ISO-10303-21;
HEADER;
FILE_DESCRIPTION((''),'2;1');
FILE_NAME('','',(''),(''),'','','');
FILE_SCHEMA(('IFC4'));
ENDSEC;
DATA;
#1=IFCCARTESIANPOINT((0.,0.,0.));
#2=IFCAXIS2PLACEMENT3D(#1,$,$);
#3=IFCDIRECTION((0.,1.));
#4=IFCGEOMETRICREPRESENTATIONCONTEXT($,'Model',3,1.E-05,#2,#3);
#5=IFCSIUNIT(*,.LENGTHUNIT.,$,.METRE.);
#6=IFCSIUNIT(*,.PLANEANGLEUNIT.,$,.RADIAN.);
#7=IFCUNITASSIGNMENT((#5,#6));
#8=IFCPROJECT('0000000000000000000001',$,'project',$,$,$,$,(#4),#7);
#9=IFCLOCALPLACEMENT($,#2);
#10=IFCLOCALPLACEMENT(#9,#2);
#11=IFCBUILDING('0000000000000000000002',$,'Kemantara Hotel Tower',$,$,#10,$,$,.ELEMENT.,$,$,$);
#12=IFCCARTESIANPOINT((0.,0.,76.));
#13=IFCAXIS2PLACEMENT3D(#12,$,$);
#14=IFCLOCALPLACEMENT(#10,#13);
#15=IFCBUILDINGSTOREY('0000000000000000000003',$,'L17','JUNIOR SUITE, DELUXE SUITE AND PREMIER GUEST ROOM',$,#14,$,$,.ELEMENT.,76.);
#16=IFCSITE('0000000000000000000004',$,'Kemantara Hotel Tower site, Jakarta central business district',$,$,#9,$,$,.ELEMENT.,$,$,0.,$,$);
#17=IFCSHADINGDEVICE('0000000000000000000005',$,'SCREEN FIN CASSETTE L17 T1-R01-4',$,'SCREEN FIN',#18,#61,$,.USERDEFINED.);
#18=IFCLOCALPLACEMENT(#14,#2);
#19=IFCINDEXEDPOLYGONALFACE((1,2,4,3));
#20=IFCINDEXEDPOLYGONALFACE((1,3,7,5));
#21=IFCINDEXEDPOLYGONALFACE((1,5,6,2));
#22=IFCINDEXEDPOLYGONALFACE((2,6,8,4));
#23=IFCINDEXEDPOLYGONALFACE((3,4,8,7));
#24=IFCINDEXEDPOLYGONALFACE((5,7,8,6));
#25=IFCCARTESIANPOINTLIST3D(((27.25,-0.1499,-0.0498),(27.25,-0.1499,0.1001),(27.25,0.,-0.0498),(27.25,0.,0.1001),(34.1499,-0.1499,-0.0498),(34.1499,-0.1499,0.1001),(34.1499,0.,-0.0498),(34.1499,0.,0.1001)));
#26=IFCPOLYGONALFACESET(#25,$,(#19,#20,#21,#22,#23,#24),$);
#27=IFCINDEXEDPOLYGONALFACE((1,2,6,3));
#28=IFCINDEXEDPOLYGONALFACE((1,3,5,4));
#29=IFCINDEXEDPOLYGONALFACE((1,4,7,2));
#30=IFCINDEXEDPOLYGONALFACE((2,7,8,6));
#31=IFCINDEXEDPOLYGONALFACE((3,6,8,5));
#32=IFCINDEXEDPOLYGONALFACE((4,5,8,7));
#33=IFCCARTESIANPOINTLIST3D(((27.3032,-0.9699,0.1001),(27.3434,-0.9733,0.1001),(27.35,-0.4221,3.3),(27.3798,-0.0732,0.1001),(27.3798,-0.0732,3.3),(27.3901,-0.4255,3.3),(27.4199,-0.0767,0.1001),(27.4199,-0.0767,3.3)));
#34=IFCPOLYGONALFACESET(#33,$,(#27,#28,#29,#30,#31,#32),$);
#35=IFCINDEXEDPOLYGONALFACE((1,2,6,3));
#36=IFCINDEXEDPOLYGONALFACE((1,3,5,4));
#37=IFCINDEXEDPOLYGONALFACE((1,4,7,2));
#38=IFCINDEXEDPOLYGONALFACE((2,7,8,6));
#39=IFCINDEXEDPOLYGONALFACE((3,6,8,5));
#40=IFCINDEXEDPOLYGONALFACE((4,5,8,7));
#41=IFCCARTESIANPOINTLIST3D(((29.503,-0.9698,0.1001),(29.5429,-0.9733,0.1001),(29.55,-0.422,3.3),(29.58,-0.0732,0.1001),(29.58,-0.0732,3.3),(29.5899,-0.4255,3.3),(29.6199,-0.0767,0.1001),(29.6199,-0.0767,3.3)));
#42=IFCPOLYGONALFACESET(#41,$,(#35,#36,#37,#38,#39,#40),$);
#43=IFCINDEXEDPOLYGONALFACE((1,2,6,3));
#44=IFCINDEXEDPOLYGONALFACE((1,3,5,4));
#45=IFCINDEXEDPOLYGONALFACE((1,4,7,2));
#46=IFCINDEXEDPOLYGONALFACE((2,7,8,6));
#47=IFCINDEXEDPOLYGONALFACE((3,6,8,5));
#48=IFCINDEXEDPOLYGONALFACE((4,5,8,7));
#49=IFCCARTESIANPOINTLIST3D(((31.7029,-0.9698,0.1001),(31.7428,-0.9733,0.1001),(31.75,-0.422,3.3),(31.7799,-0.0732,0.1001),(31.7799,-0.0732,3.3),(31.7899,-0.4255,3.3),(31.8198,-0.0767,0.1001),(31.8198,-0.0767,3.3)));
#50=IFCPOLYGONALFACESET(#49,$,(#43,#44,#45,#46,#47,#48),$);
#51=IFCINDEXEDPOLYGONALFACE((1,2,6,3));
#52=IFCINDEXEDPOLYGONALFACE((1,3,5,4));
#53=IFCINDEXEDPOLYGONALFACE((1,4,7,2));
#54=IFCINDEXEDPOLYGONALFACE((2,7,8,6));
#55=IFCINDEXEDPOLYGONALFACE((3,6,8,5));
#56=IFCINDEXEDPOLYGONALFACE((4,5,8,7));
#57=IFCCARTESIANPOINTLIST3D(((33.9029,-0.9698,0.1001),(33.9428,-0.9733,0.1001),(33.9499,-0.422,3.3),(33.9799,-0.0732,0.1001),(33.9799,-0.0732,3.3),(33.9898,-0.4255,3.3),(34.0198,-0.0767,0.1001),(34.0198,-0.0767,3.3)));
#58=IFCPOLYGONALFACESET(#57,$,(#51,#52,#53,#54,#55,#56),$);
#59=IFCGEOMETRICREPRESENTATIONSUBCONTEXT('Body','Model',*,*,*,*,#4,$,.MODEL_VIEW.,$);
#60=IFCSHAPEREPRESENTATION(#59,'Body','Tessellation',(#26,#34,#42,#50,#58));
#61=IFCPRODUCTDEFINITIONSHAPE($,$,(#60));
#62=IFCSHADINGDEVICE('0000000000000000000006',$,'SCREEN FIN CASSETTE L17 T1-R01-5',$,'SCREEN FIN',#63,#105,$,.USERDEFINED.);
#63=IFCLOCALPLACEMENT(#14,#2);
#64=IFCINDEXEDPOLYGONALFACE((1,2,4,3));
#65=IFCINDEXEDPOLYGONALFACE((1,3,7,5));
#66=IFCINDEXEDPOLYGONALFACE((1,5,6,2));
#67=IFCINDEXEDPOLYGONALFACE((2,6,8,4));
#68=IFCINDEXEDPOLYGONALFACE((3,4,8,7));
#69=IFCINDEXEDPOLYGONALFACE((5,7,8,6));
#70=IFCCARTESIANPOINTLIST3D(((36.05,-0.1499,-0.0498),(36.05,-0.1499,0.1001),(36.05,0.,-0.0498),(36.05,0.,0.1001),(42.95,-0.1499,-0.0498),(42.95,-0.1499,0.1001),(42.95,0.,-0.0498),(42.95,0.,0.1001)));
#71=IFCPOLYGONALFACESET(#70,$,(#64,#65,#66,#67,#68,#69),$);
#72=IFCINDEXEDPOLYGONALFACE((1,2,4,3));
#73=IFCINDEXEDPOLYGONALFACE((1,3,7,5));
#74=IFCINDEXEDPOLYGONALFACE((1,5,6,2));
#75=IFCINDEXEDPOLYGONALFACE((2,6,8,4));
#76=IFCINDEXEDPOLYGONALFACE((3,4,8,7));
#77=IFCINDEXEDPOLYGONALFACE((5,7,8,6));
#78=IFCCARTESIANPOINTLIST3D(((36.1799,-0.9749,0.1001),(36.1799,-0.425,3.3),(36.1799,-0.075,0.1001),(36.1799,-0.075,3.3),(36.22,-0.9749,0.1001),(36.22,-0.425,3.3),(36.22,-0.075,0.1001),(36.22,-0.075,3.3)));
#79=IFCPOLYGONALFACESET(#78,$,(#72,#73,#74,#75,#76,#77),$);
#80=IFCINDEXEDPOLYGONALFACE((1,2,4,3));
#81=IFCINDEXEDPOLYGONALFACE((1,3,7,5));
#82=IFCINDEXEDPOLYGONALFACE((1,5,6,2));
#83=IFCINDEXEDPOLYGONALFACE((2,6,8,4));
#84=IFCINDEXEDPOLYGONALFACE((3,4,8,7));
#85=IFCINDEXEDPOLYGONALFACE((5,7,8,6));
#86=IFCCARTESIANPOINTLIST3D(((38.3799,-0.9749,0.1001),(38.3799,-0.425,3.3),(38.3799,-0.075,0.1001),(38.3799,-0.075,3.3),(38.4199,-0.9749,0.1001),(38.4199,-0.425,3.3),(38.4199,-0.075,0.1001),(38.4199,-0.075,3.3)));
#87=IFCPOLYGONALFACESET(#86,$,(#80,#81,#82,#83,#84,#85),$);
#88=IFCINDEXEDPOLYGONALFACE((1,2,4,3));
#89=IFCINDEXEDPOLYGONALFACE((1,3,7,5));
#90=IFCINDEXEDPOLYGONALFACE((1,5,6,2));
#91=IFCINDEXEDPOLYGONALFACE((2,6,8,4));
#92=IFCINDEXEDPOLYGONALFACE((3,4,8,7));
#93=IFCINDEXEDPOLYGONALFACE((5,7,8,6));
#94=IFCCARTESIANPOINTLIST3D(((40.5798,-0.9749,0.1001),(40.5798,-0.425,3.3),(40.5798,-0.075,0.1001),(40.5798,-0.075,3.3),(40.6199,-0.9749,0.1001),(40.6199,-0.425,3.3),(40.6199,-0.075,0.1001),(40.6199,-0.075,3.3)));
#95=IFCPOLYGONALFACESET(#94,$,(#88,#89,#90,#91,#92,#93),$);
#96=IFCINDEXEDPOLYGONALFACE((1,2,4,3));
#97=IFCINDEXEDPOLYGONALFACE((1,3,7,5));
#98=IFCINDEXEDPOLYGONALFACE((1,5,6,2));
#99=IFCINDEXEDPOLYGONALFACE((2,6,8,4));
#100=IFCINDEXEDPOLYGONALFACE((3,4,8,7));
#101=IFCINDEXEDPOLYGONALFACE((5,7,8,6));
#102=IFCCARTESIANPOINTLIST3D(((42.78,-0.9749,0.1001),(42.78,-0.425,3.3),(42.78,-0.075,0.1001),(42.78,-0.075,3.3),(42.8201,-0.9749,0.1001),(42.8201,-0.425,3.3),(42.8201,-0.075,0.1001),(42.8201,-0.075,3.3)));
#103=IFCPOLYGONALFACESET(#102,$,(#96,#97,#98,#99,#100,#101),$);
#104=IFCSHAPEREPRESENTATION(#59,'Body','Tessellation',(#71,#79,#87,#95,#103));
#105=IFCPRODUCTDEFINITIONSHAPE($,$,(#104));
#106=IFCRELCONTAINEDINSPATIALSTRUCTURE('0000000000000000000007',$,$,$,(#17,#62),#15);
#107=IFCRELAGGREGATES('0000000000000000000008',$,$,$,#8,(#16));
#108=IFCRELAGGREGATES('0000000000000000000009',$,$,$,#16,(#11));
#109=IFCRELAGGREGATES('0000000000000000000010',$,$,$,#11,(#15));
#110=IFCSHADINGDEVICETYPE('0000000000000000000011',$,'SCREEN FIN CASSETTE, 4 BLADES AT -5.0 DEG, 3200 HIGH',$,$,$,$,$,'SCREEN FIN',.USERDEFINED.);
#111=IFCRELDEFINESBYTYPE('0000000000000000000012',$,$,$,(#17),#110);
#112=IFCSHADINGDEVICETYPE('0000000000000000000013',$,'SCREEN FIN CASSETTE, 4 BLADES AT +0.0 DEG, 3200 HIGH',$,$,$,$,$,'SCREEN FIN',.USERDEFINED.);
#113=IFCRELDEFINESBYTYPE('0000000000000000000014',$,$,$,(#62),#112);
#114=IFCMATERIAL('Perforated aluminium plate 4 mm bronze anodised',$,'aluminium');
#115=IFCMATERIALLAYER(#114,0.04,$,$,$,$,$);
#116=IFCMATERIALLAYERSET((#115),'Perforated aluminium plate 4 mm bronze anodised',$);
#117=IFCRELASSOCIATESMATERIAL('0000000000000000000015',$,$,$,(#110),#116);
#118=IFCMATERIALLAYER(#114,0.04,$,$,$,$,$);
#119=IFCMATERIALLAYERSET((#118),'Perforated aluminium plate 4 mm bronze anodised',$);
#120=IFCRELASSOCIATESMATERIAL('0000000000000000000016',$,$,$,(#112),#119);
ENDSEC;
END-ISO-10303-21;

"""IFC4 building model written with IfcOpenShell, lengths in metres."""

from ifc_helpers import new_model, si_unit, direction, frame, origin, origin_2d, place, context, subcontext, project, spatial, polyline, rectangle, outline, extrude, source, transform, mapped, material, layer, layer_set, type_object, element, save


model = new_model("IFC4")

# Units and contexts
model_context = context("Model", 3, precision=1e-05, world=origin(), true_north=direction((0.0, 1.0)))
body_context = subcontext(model_context, "Body", "Model", "MODEL_VIEW")
ifc_project = project(units=[si_unit("LENGTHUNIT", "METRE"), si_unit("PLANEANGLEUNIT", "RADIAN")], contexts=[model_context])

# Site, building, storey
site_placement = place(None, origin())
site = spatial("IfcSite", under=ifc_project, at=site_placement, Name="Kemantara Hotel Tower site, Jakarta central business district", CompositionType="ELEMENT", RefElevation=0.0)
building_placement = place(site_placement, origin())
building = spatial("IfcBuilding", under=site, at=building_placement, Name="Kemantara Hotel Tower", CompositionType="ELEMENT")
storey_placement = place(building_placement, frame((0.0, 0.0, 76.0)))
storey = spatial("IfcBuildingStorey", under=building, at=storey_placement, Name="L17", Description="JUNIOR SUITE, DELUXE SUITE AND PREMIER GUEST ROOM", CompositionType="ELEMENT", Elevation=76.0)

# Shading devices
ifc_material_1 = material(Name="Perforated aluminium plate 4 mm bronze anodised", Category="aluminium")
ifc_layer_1 = layer(ifc_material_1, 0.04)
ifc_layer_set_1 = layer_set([ifc_layer_1], Name="Perforated aluminium plate 4 mm bronze anodised")
shading_device_type_1 = type_object("IfcShadingDeviceType", Name="SCREEN FIN CASSETTE, 4 BLADES AT -5.0 DEG, 3200 HIGH", ElementType="SCREEN FIN", PredefinedType="USERDEFINED", material=ifc_layer_set_1)
shared_shape_1 = source(origin(), body_context, "Body", "SweptSolid", [
    extrude(rectangle(XDim=6.8999, YDim=0.1499, at=origin_2d()), frame((3.3, -0.075, -0.1499), z_axis=(0.0, 0.0, 1.0), x_axis=(1.0, 0.0, 0.0)), (0.0, 0.0, 1.0), 0.1499),
    extrude(outline(polyline([(0.0, 0.0), (0.8999, 0.0), (0.3501, 3.2), (0.0, 3.2), (0.0, 0.0)])), frame((0.02, -0.0767, 0.0), z_axis=(-0.996376, 0.085056, 0.0), x_axis=(-0.085056, -0.996376, 0.0)), (0.0, 0.0, 1.0), 0.0403),
    extrude(outline(polyline([(0.0, 0.0), (0.8999, 0.0), (0.3501, 3.2), (0.0, 3.2), (0.0, 0.0)])), frame((2.22, -0.0767, 0.0), z_axis=(-0.996332, 0.085575, 0.0), x_axis=(-0.085575, -0.996332, 0.0)), (0.0, 0.0, 1.0), 0.04),
    extrude(outline(polyline([(0.0, 0.0), (0.8999, 0.0), (0.3501, 3.2), (0.0, 3.2), (0.0, 0.0)])), frame((4.4199, -0.0767, 0.0), z_axis=(-0.996332, 0.085575, 0.0), x_axis=(-0.085575, -0.996332, 0.0)), (0.0, 0.0, 1.0), 0.04),
    extrude(outline(polyline([(0.0, 0.0), (0.8999, 0.0), (0.3501, 3.2), (0.0, 3.2), (0.0, 0.0)])), frame((6.6199, -0.0767, 0.0), z_axis=(-0.996332, 0.085575, 0.0), x_axis=(-0.085575, -0.996332, 0.0)), (0.0, 0.0, 1.0), 0.04),
])
shading_device_1_placement = place(storey_placement, frame((27.3999, 0.0, 0.1001), z_axis=(0.0, 0.0, 1.0), x_axis=(1.0, 0.0, 0.0)))
element("IfcShadingDevice", 1, at=shading_device_1_placement, inside=storey, type_object=shading_device_type_1, Name="SCREEN FIN CASSETTE L17 T1-R01-4", ObjectType="SCREEN FIN", PredefinedType="USERDEFINED", context=body_context, shape_type="MappedRepresentation", body=[
    mapped(shared_shape_1, transform((0.0, 0.0, 0.0))),
])
ifc_layer_2 = layer(ifc_material_1, 0.04)
ifc_layer_set_2 = layer_set([ifc_layer_2], Name="Perforated aluminium plate 4 mm bronze anodised")
shading_device_type_2 = type_object("IfcShadingDeviceType", Name="SCREEN FIN CASSETTE, 4 BLADES AT +0.0 DEG, 3200 HIGH", ElementType="SCREEN FIN", PredefinedType="USERDEFINED", material=ifc_layer_set_2)
shared_shape_2 = source(origin(), body_context, "Body", "SweptSolid", [
    extrude(rectangle(XDim=6.8999, YDim=0.1499, at=origin_2d()), frame((3.3, -0.075, -0.1499), z_axis=(0.0, 0.0, 1.0), x_axis=(1.0, 0.0, 0.0)), (0.0, 0.0, 1.0), 0.1499),
    extrude(outline(polyline([(0.0, 0.0), (0.8999, 0.0), (0.3501, 3.2), (0.0, 3.2), (0.0, 0.0)])), frame((0.02, -0.075, 0.0), z_axis=(-1.0, 0.0, 0.0), x_axis=(0.0, -1.0, 0.0)), (0.0, 0.0, 1.0), 0.04),
    extrude(outline(polyline([(0.0, 0.0), (0.8999, 0.0), (0.3501, 3.2), (0.0, 3.2), (0.0, 0.0)])), frame((2.22, -0.075, 0.0), z_axis=(-1.0, 0.0, 0.0), x_axis=(0.0, -1.0, 0.0)), (0.0, 0.0, 1.0), 0.04),
    extrude(outline(polyline([(0.0, 0.0), (0.8999, 0.0), (0.3501, 3.2), (0.0, 3.2), (0.0, 0.0)])), frame((4.4199, -0.075, 0.0), z_axis=(-1.0, 0.0, 0.0), x_axis=(0.0, -1.0, 0.0)), (0.0, 0.0, 1.0), 0.04),
    extrude(outline(polyline([(0.0, 0.0), (0.8999, 0.0), (0.3501, 3.2), (0.0, 3.2), (0.0, 0.0)])), frame((6.6201, -0.075, 0.0), z_axis=(-1.0, 0.0, 0.0), x_axis=(0.0, -1.0, 0.0)), (0.0, 0.0, 1.0), 0.04),
])
shading_device_2_placement = place(storey_placement, frame((36.2, 0.0, 0.1001), z_axis=(0.0, 0.0, 1.0), x_axis=(1.0, 0.0, 0.0)))
element("IfcShadingDevice", 2, at=shading_device_2_placement, inside=storey, type_object=shading_device_type_2, Name="SCREEN FIN CASSETTE L17 T1-R01-5", ObjectType="SCREEN FIN", PredefinedType="USERDEFINED", context=body_context, shape_type="MappedRepresentation", body=[
    mapped(shared_shape_2, transform((0.0, 0.0, 0.0))),
])

save(model, "model.ifc")
